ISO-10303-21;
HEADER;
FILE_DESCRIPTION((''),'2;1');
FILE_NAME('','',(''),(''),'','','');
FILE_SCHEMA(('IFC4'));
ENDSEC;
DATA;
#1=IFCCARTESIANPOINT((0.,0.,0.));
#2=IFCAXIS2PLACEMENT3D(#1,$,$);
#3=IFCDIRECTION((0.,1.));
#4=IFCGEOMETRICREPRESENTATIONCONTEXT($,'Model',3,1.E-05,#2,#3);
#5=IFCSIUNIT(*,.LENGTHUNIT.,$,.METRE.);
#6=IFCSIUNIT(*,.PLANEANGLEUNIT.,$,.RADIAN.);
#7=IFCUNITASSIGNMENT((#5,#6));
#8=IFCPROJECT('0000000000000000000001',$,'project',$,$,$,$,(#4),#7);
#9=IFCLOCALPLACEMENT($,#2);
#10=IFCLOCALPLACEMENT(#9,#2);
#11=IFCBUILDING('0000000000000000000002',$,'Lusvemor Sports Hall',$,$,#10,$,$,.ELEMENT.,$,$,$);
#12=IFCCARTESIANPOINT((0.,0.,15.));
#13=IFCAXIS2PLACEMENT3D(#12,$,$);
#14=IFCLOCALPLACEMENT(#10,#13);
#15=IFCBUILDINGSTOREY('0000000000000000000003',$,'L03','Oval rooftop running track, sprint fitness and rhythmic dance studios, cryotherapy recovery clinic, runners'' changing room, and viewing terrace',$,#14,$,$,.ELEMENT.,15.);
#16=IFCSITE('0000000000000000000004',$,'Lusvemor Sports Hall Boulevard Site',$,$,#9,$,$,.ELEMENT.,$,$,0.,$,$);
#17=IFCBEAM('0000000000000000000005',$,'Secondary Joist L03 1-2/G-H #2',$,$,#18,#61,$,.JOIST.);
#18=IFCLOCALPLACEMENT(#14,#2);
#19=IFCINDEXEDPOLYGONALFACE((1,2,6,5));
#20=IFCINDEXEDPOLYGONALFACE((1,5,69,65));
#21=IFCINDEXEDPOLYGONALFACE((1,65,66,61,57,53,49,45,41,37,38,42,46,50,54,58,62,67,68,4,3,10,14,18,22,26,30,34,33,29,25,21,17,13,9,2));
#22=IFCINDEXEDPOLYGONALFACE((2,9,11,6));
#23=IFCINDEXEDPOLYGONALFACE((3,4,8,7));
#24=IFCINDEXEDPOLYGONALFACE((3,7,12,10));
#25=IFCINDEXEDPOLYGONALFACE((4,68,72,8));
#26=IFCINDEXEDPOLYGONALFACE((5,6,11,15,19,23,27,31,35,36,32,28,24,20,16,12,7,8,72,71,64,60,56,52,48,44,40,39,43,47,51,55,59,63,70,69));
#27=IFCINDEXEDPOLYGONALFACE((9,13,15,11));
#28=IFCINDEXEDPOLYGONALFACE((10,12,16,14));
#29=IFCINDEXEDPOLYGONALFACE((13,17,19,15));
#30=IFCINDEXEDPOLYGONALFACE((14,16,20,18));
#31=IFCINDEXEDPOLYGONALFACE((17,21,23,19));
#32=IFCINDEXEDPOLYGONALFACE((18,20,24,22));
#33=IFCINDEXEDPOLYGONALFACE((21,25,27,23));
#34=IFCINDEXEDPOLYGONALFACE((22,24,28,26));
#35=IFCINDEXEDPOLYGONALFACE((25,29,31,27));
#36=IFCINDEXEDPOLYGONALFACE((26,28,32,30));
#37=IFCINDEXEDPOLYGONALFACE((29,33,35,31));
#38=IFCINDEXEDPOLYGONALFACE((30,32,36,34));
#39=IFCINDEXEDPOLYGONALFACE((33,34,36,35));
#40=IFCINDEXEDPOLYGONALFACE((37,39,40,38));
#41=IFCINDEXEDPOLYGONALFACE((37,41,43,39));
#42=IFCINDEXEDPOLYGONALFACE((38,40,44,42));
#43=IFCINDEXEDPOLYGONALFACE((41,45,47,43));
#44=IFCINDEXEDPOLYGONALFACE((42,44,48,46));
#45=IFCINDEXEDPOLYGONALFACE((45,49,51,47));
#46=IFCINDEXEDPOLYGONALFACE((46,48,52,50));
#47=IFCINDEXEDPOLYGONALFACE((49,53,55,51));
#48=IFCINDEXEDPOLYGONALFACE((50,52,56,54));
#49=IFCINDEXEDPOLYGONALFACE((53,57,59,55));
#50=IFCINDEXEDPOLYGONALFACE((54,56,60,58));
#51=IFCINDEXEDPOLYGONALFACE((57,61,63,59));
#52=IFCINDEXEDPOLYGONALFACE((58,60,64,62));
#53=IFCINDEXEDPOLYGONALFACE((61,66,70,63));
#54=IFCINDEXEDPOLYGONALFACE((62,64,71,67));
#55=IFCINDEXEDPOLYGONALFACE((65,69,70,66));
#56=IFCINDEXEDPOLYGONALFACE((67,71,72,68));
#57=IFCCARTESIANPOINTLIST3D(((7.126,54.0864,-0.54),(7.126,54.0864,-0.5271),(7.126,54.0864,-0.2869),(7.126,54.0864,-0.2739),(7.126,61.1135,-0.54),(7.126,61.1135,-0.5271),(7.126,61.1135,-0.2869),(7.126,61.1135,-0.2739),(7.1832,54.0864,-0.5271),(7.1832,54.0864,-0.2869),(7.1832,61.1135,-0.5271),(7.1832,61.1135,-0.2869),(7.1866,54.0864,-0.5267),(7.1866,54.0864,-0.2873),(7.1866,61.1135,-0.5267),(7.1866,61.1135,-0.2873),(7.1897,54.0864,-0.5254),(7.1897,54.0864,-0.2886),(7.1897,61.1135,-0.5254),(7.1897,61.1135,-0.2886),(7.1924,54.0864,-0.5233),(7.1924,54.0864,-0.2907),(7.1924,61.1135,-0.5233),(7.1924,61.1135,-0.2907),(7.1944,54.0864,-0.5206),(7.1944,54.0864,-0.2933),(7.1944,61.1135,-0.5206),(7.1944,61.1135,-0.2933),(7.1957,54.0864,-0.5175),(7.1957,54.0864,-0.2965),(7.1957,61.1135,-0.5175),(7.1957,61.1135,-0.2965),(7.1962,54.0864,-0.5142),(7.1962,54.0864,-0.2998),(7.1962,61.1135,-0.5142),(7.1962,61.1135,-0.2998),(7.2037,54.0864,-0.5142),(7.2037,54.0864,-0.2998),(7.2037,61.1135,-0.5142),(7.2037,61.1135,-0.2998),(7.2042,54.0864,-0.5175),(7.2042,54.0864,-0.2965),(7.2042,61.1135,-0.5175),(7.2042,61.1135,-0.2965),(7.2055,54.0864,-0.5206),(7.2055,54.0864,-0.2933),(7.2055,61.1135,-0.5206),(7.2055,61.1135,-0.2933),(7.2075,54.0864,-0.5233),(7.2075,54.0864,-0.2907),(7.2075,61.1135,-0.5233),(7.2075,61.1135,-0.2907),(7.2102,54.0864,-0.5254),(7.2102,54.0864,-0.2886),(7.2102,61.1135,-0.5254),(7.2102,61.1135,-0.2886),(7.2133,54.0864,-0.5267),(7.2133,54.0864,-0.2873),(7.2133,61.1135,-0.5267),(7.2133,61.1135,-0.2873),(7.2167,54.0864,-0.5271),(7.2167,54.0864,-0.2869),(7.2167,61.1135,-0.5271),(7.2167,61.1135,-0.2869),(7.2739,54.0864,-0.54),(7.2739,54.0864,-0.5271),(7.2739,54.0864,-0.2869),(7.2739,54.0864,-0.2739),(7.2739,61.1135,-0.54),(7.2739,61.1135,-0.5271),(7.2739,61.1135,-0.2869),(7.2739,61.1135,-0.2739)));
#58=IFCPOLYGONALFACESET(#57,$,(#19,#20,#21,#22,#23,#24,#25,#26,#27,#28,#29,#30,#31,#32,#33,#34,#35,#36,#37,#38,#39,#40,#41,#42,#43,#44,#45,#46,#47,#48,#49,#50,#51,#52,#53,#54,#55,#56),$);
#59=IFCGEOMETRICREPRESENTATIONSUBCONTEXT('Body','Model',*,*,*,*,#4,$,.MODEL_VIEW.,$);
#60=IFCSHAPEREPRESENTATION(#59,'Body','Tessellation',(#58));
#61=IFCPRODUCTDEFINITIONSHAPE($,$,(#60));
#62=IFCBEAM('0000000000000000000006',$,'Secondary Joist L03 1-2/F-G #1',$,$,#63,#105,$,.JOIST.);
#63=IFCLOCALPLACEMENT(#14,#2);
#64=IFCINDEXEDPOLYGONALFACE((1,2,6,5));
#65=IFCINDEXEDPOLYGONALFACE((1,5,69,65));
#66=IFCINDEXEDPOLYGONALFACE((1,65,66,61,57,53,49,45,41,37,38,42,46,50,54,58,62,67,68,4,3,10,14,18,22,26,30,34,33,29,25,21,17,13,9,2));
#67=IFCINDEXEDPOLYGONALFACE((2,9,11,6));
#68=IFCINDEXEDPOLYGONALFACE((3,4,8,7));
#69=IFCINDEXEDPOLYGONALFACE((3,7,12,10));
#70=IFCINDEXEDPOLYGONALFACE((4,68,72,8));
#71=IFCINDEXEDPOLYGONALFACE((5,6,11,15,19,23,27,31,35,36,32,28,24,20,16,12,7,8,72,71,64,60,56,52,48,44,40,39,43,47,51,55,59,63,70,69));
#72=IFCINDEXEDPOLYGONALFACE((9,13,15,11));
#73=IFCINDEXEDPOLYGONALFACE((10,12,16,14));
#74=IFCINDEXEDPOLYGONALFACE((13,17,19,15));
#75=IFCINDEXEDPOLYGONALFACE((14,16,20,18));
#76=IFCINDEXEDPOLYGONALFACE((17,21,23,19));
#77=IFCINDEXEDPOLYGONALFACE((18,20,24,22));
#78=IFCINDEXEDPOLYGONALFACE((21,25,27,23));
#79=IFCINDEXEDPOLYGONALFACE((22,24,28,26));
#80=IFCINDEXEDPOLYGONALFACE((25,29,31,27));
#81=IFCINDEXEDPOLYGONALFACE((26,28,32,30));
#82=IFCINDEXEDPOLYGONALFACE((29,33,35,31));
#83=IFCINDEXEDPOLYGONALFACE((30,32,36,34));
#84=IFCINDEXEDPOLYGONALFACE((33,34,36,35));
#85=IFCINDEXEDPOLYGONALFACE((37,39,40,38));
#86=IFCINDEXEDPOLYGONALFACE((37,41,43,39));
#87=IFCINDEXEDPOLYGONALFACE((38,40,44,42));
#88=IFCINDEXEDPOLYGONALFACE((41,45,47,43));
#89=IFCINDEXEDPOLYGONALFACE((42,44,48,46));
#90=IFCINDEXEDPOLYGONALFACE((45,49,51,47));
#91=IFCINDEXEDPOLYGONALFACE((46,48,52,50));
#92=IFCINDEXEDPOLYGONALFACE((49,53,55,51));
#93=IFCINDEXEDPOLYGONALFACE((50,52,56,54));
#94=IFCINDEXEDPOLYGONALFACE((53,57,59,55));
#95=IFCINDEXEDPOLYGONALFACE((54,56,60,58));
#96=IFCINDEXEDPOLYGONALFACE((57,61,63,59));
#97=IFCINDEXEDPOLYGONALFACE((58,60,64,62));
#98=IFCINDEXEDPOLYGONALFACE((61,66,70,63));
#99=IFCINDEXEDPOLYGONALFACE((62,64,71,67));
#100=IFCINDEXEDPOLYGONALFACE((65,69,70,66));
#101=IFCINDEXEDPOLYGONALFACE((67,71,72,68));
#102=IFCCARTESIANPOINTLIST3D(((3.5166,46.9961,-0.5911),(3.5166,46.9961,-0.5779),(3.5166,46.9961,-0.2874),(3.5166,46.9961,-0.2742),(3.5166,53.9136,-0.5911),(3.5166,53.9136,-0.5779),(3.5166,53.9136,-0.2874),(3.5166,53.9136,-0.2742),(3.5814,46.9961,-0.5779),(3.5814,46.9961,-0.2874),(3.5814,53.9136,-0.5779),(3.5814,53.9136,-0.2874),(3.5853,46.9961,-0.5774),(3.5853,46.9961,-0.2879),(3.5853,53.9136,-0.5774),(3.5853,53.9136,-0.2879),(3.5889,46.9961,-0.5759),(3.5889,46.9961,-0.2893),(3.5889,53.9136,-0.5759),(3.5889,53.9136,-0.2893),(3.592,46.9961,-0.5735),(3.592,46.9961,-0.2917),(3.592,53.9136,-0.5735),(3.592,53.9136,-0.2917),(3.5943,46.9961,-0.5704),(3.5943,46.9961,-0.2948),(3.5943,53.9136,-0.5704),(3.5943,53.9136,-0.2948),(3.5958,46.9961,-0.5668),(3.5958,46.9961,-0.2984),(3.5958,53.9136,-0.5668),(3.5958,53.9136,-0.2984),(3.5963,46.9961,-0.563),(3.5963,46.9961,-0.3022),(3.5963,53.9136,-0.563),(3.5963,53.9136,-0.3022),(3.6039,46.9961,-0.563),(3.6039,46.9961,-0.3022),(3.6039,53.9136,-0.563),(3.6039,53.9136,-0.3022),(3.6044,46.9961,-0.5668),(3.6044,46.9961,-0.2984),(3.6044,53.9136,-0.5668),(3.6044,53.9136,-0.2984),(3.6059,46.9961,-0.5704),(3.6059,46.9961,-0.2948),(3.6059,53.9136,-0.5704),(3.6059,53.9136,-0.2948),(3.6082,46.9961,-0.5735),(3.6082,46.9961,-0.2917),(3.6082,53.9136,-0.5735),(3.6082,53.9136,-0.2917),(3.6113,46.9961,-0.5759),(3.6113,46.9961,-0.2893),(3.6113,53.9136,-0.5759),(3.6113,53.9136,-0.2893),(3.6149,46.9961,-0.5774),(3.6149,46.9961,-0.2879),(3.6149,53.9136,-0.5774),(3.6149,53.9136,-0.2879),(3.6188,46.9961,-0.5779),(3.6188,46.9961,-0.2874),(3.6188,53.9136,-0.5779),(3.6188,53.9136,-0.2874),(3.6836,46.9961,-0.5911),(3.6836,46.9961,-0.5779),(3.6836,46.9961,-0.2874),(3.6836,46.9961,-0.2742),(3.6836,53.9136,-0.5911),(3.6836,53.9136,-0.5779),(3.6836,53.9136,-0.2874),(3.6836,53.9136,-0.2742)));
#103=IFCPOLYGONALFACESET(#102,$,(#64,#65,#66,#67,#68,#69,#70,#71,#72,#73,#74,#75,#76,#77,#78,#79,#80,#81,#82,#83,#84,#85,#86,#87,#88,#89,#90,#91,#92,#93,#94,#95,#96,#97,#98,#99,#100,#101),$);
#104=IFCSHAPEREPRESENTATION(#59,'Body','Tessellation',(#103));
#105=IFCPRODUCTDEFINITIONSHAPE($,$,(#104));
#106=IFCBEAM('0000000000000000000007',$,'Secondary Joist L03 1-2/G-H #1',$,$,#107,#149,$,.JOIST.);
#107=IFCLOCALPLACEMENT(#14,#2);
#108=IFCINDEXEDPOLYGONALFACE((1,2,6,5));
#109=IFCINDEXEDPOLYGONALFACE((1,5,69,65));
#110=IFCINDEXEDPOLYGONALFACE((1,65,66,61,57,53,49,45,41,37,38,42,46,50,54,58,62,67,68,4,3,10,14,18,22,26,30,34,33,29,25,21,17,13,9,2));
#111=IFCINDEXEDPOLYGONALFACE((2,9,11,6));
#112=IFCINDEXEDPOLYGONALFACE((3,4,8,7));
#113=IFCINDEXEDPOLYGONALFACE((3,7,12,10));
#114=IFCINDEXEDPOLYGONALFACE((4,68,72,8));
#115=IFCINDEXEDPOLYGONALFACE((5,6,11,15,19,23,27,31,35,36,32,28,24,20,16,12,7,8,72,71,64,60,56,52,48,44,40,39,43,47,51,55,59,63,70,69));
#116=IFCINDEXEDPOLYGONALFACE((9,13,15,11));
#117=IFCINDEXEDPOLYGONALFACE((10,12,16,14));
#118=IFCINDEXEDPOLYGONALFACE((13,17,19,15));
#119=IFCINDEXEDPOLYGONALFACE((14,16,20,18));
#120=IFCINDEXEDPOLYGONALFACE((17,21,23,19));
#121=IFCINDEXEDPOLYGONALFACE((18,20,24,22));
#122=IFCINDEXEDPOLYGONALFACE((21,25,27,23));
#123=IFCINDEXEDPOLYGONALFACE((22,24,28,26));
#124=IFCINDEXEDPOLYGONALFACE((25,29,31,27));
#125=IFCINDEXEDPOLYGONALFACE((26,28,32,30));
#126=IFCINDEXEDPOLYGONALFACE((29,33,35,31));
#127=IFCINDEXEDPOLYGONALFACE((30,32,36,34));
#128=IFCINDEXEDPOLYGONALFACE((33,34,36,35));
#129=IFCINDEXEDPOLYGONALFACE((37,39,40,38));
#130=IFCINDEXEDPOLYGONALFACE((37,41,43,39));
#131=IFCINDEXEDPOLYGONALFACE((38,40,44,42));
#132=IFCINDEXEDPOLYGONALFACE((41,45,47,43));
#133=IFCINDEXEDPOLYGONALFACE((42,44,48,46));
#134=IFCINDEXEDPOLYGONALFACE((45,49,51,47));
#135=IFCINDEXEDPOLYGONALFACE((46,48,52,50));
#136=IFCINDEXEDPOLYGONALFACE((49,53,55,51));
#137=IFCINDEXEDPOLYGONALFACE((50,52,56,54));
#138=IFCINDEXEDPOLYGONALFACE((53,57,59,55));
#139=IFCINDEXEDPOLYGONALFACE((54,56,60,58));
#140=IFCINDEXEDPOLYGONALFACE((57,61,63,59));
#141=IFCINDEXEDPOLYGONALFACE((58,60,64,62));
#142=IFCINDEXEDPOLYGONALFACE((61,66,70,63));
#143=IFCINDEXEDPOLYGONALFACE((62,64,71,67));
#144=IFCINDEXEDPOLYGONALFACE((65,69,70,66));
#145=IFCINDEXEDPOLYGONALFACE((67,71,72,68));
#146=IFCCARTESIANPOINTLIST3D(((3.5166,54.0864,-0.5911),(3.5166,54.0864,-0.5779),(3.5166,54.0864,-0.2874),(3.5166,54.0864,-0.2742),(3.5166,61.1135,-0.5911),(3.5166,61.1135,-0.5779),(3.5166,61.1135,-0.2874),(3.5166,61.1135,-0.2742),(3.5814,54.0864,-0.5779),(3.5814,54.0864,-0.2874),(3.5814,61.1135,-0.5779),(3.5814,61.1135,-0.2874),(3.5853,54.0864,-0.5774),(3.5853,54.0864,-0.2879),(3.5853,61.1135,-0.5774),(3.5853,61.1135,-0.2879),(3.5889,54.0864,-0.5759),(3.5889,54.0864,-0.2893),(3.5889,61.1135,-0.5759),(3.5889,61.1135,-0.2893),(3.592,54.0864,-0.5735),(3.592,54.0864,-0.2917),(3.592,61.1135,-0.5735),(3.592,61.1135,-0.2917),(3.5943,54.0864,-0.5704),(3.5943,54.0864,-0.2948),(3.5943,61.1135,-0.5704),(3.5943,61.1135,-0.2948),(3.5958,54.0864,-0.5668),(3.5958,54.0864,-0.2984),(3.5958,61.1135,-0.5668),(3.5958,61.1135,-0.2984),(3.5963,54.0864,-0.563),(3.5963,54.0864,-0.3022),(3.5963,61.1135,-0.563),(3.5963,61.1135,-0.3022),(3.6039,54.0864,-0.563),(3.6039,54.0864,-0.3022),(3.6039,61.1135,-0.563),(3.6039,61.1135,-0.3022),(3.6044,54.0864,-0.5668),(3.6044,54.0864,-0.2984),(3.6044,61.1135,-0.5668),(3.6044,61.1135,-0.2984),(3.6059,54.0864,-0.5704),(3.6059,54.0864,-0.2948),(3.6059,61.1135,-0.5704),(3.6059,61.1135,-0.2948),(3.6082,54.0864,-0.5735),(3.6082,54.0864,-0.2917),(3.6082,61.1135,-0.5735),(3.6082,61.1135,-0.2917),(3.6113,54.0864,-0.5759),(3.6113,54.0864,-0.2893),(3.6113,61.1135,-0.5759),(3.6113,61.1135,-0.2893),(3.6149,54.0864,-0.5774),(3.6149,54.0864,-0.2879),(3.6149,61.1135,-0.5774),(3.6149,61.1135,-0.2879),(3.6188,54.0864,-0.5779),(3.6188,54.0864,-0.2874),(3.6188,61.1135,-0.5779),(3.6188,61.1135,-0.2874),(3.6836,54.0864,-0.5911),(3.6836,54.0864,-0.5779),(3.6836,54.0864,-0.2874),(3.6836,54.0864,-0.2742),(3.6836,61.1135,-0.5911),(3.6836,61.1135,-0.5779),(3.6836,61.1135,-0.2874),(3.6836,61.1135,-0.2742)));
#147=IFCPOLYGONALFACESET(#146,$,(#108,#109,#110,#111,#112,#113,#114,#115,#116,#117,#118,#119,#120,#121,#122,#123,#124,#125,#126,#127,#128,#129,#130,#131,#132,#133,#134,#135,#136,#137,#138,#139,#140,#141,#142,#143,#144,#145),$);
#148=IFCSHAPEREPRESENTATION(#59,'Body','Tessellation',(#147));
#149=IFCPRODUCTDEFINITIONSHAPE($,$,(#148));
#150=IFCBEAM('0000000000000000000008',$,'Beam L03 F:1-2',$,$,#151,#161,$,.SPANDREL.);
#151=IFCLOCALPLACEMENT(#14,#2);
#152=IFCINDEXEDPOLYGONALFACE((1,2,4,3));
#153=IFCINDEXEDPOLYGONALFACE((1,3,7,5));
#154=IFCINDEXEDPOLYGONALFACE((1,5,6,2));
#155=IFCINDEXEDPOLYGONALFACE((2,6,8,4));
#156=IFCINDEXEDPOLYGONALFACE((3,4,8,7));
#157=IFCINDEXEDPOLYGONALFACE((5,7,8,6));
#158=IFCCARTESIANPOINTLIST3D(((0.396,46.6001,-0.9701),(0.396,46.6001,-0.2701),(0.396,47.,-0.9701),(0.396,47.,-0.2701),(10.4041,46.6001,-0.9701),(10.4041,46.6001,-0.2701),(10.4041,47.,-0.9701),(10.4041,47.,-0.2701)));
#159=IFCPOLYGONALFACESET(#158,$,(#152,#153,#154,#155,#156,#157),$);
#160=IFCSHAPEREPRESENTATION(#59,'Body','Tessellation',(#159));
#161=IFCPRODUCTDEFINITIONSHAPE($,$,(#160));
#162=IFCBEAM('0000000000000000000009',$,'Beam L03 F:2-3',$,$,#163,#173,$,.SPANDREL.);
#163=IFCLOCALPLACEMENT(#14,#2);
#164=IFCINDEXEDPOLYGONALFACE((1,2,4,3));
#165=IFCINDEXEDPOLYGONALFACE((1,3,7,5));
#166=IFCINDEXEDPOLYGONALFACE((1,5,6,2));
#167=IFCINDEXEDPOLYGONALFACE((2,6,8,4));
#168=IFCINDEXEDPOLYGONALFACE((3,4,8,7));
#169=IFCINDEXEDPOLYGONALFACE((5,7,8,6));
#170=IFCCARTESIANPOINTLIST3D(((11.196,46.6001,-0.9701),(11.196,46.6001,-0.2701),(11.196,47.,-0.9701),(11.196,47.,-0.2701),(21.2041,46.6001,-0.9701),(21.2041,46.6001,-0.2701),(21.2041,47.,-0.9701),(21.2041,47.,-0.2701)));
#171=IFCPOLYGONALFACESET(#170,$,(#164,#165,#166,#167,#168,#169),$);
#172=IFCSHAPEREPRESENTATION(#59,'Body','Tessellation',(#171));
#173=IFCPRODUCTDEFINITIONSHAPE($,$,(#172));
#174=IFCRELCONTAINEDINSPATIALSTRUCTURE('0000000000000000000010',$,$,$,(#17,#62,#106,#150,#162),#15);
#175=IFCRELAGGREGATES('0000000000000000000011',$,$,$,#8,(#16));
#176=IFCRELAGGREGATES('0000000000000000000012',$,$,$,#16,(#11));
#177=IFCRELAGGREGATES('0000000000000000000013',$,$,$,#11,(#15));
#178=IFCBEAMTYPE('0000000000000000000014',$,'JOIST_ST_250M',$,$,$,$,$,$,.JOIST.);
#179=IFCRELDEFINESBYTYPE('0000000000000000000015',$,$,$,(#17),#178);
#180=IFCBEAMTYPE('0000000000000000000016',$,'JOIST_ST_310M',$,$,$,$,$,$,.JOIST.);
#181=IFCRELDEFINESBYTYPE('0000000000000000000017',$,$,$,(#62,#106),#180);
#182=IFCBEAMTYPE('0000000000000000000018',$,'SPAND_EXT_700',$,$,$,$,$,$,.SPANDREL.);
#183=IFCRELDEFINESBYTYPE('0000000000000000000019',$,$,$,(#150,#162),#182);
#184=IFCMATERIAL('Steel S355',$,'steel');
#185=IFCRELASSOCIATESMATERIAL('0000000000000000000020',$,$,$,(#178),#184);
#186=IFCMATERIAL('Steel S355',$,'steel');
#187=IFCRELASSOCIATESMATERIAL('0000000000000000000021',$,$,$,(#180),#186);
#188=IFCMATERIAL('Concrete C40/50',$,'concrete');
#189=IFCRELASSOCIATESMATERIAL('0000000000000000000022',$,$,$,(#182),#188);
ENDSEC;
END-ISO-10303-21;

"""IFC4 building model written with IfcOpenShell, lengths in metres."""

from ifc_helpers import new_model, si_unit, direction, frame, origin, origin_2d, place, context, subcontext, project, spatial, rectangle, i_section, extrude, material, material_profile, profile_set, type_object, element, save


model = new_model("IFC4")

# Units and contexts
model_context = context("Model", 3, precision=1e-05, world=origin(), true_north=direction((0.0, 1.0)))
body_context = subcontext(model_context, "Body", "Model", "MODEL_VIEW")
ifc_project = project(units=[si_unit("LENGTHUNIT", "METRE"), si_unit("PLANEANGLEUNIT", "RADIAN")], contexts=[model_context])

# Site, building, storey
site_placement = place(None, origin())
site = spatial("IfcSite", under=ifc_project, at=site_placement, Name="Lusvemor Sports Hall Boulevard Site", CompositionType="ELEMENT", RefElevation=0.0)
building_placement = place(site_placement, origin())
building = spatial("IfcBuilding", under=site, at=building_placement, Name="Lusvemor Sports Hall", CompositionType="ELEMENT")
storey_placement = place(building_placement, frame((0.0, 0.0, 15.0)))
storey = spatial("IfcBuildingStorey", under=building, at=storey_placement, Name="L03", Description="Oval rooftop running track, sprint fitness and rhythmic dance studios, cryotherapy recovery clinic, runners' changing room, and viewing terrace", CompositionType="ELEMENT", Elevation=15.0)

# Beams
ifc_material_1 = material(Name="Steel S355", Category="steel")
ifc_material_profile_1 = material_profile(ifc_material_1, i_section(OverallWidth=0.1479, OverallDepth=0.2661, WebThickness=0.0076, FlangeThickness=0.0129, FilletRadius=0.0129, at=origin_2d()), Name="W250x44.8")
ifc_profile_set_1 = profile_set([ifc_material_profile_1], Name="Steel S355")
beam_type_1 = type_object("IfcBeamType", Name="JOIST_ST_250M", PredefinedType="JOIST", material=ifc_profile_set_1)
beam_1_placement = place(storey_placement, frame((7.2, 54.0864, -0.407), z_axis=(0.0, 1.0, 0.0), x_axis=(-1.0, 0.0, 0.0)))
element("IfcBeam", 1, at=beam_1_placement, inside=storey, type_object=beam_type_1, Name="Secondary Joist L03 1-2/G-H #2", PredefinedType="JOIST", context=body_context, shape_type="SweptSolid", body=[
    extrude(i_section(OverallWidth=0.1479, OverallDepth=0.2661, WebThickness=0.0076, FlangeThickness=0.0129, FilletRadius=0.0129, at=origin_2d()), origin(), (0.0, 0.0, 1.0), 7.0271),
])
ifc_material_2 = material(Name="Steel S355", Category="steel")
ifc_material_profile_2 = material_profile(ifc_material_2, i_section(OverallWidth=0.167, OverallDepth=0.3169, WebThickness=0.0076, FlangeThickness=0.0132, FilletRadius=0.0149, at=origin_2d()), Name="W310x52.0")
ifc_profile_set_2 = profile_set([ifc_material_profile_2], Name="Steel S355")
beam_type_2 = type_object("IfcBeamType", Name="JOIST_ST_310M", PredefinedType="JOIST", material=ifc_profile_set_2)
beam_2_placement = place(storey_placement, frame((3.6001, 46.9961, -0.4326), z_axis=(0.0, 1.0, 0.0), x_axis=(-1.0, 0.0, 0.0)))
element("IfcBeam", 2, at=beam_2_placement, inside=storey, type_object=beam_type_2, Name="Secondary Joist L03 1-2/F-G #1", PredefinedType="JOIST", context=body_context, shape_type="SweptSolid", body=[
    extrude(i_section(OverallWidth=0.167, OverallDepth=0.3169, WebThickness=0.0076, FlangeThickness=0.0132, FilletRadius=0.0149, at=origin_2d()), origin(), (0.0, 0.0, 1.0), 6.9175),
])
beam_3_placement = place(storey_placement, frame((3.6001, 54.0864, -0.4326), z_axis=(0.0, 1.0, 0.0), x_axis=(-1.0, 0.0, 0.0)))
element("IfcBeam", 3, at=beam_3_placement, inside=storey, type_object=beam_type_2, Name="Secondary Joist L03 1-2/G-H #1", PredefinedType="JOIST", context=body_context, shape_type="SweptSolid", body=[
    extrude(i_section(OverallWidth=0.167, OverallDepth=0.3169, WebThickness=0.0076, FlangeThickness=0.0132, FilletRadius=0.0149, at=origin_2d()), origin(), (0.0, 0.0, 1.0), 7.0271),
])
ifc_material_3 = material(Name="Concrete C40/50", Category="concrete")
ifc_material_profile_3 = material_profile(ifc_material_3, rectangle(XDim=0.3999, YDim=0.7, at=origin_2d()), Name="RC400x700")
ifc_profile_set_3 = profile_set([ifc_material_profile_3], Name="Concrete C40/50")
beam_type_3 = type_object("IfcBeamType", Name="SPAND_EXT_700", PredefinedType="SPANDREL", material=ifc_profile_set_3)
for number, where, z_axis, x_axis, name in (
    (4, (0.396, 46.8, -0.6201), (1.0, 0.0, 0.0), (0.0, 1.0, 0.0), "Beam L03 F:1-2"),
    (5, (11.196, 46.8, -0.6201), (1.0, 0.0, 0.0), (0.0, 1.0, 0.0), "Beam L03 F:2-3"),
):
    element("IfcBeam", number, at=place(storey_placement, frame(where, z_axis=z_axis, x_axis=x_axis)), inside=storey, type_object=beam_type_3, Name=name, PredefinedType="SPANDREL", context=body_context, shape_type="SweptSolid", body=[
        extrude(rectangle(XDim=0.3999, YDim=0.7, at=origin_2d()), origin(), (0.0, 0.0, 1.0), 10.0081),
    ])

save(model, "model.ifc")
